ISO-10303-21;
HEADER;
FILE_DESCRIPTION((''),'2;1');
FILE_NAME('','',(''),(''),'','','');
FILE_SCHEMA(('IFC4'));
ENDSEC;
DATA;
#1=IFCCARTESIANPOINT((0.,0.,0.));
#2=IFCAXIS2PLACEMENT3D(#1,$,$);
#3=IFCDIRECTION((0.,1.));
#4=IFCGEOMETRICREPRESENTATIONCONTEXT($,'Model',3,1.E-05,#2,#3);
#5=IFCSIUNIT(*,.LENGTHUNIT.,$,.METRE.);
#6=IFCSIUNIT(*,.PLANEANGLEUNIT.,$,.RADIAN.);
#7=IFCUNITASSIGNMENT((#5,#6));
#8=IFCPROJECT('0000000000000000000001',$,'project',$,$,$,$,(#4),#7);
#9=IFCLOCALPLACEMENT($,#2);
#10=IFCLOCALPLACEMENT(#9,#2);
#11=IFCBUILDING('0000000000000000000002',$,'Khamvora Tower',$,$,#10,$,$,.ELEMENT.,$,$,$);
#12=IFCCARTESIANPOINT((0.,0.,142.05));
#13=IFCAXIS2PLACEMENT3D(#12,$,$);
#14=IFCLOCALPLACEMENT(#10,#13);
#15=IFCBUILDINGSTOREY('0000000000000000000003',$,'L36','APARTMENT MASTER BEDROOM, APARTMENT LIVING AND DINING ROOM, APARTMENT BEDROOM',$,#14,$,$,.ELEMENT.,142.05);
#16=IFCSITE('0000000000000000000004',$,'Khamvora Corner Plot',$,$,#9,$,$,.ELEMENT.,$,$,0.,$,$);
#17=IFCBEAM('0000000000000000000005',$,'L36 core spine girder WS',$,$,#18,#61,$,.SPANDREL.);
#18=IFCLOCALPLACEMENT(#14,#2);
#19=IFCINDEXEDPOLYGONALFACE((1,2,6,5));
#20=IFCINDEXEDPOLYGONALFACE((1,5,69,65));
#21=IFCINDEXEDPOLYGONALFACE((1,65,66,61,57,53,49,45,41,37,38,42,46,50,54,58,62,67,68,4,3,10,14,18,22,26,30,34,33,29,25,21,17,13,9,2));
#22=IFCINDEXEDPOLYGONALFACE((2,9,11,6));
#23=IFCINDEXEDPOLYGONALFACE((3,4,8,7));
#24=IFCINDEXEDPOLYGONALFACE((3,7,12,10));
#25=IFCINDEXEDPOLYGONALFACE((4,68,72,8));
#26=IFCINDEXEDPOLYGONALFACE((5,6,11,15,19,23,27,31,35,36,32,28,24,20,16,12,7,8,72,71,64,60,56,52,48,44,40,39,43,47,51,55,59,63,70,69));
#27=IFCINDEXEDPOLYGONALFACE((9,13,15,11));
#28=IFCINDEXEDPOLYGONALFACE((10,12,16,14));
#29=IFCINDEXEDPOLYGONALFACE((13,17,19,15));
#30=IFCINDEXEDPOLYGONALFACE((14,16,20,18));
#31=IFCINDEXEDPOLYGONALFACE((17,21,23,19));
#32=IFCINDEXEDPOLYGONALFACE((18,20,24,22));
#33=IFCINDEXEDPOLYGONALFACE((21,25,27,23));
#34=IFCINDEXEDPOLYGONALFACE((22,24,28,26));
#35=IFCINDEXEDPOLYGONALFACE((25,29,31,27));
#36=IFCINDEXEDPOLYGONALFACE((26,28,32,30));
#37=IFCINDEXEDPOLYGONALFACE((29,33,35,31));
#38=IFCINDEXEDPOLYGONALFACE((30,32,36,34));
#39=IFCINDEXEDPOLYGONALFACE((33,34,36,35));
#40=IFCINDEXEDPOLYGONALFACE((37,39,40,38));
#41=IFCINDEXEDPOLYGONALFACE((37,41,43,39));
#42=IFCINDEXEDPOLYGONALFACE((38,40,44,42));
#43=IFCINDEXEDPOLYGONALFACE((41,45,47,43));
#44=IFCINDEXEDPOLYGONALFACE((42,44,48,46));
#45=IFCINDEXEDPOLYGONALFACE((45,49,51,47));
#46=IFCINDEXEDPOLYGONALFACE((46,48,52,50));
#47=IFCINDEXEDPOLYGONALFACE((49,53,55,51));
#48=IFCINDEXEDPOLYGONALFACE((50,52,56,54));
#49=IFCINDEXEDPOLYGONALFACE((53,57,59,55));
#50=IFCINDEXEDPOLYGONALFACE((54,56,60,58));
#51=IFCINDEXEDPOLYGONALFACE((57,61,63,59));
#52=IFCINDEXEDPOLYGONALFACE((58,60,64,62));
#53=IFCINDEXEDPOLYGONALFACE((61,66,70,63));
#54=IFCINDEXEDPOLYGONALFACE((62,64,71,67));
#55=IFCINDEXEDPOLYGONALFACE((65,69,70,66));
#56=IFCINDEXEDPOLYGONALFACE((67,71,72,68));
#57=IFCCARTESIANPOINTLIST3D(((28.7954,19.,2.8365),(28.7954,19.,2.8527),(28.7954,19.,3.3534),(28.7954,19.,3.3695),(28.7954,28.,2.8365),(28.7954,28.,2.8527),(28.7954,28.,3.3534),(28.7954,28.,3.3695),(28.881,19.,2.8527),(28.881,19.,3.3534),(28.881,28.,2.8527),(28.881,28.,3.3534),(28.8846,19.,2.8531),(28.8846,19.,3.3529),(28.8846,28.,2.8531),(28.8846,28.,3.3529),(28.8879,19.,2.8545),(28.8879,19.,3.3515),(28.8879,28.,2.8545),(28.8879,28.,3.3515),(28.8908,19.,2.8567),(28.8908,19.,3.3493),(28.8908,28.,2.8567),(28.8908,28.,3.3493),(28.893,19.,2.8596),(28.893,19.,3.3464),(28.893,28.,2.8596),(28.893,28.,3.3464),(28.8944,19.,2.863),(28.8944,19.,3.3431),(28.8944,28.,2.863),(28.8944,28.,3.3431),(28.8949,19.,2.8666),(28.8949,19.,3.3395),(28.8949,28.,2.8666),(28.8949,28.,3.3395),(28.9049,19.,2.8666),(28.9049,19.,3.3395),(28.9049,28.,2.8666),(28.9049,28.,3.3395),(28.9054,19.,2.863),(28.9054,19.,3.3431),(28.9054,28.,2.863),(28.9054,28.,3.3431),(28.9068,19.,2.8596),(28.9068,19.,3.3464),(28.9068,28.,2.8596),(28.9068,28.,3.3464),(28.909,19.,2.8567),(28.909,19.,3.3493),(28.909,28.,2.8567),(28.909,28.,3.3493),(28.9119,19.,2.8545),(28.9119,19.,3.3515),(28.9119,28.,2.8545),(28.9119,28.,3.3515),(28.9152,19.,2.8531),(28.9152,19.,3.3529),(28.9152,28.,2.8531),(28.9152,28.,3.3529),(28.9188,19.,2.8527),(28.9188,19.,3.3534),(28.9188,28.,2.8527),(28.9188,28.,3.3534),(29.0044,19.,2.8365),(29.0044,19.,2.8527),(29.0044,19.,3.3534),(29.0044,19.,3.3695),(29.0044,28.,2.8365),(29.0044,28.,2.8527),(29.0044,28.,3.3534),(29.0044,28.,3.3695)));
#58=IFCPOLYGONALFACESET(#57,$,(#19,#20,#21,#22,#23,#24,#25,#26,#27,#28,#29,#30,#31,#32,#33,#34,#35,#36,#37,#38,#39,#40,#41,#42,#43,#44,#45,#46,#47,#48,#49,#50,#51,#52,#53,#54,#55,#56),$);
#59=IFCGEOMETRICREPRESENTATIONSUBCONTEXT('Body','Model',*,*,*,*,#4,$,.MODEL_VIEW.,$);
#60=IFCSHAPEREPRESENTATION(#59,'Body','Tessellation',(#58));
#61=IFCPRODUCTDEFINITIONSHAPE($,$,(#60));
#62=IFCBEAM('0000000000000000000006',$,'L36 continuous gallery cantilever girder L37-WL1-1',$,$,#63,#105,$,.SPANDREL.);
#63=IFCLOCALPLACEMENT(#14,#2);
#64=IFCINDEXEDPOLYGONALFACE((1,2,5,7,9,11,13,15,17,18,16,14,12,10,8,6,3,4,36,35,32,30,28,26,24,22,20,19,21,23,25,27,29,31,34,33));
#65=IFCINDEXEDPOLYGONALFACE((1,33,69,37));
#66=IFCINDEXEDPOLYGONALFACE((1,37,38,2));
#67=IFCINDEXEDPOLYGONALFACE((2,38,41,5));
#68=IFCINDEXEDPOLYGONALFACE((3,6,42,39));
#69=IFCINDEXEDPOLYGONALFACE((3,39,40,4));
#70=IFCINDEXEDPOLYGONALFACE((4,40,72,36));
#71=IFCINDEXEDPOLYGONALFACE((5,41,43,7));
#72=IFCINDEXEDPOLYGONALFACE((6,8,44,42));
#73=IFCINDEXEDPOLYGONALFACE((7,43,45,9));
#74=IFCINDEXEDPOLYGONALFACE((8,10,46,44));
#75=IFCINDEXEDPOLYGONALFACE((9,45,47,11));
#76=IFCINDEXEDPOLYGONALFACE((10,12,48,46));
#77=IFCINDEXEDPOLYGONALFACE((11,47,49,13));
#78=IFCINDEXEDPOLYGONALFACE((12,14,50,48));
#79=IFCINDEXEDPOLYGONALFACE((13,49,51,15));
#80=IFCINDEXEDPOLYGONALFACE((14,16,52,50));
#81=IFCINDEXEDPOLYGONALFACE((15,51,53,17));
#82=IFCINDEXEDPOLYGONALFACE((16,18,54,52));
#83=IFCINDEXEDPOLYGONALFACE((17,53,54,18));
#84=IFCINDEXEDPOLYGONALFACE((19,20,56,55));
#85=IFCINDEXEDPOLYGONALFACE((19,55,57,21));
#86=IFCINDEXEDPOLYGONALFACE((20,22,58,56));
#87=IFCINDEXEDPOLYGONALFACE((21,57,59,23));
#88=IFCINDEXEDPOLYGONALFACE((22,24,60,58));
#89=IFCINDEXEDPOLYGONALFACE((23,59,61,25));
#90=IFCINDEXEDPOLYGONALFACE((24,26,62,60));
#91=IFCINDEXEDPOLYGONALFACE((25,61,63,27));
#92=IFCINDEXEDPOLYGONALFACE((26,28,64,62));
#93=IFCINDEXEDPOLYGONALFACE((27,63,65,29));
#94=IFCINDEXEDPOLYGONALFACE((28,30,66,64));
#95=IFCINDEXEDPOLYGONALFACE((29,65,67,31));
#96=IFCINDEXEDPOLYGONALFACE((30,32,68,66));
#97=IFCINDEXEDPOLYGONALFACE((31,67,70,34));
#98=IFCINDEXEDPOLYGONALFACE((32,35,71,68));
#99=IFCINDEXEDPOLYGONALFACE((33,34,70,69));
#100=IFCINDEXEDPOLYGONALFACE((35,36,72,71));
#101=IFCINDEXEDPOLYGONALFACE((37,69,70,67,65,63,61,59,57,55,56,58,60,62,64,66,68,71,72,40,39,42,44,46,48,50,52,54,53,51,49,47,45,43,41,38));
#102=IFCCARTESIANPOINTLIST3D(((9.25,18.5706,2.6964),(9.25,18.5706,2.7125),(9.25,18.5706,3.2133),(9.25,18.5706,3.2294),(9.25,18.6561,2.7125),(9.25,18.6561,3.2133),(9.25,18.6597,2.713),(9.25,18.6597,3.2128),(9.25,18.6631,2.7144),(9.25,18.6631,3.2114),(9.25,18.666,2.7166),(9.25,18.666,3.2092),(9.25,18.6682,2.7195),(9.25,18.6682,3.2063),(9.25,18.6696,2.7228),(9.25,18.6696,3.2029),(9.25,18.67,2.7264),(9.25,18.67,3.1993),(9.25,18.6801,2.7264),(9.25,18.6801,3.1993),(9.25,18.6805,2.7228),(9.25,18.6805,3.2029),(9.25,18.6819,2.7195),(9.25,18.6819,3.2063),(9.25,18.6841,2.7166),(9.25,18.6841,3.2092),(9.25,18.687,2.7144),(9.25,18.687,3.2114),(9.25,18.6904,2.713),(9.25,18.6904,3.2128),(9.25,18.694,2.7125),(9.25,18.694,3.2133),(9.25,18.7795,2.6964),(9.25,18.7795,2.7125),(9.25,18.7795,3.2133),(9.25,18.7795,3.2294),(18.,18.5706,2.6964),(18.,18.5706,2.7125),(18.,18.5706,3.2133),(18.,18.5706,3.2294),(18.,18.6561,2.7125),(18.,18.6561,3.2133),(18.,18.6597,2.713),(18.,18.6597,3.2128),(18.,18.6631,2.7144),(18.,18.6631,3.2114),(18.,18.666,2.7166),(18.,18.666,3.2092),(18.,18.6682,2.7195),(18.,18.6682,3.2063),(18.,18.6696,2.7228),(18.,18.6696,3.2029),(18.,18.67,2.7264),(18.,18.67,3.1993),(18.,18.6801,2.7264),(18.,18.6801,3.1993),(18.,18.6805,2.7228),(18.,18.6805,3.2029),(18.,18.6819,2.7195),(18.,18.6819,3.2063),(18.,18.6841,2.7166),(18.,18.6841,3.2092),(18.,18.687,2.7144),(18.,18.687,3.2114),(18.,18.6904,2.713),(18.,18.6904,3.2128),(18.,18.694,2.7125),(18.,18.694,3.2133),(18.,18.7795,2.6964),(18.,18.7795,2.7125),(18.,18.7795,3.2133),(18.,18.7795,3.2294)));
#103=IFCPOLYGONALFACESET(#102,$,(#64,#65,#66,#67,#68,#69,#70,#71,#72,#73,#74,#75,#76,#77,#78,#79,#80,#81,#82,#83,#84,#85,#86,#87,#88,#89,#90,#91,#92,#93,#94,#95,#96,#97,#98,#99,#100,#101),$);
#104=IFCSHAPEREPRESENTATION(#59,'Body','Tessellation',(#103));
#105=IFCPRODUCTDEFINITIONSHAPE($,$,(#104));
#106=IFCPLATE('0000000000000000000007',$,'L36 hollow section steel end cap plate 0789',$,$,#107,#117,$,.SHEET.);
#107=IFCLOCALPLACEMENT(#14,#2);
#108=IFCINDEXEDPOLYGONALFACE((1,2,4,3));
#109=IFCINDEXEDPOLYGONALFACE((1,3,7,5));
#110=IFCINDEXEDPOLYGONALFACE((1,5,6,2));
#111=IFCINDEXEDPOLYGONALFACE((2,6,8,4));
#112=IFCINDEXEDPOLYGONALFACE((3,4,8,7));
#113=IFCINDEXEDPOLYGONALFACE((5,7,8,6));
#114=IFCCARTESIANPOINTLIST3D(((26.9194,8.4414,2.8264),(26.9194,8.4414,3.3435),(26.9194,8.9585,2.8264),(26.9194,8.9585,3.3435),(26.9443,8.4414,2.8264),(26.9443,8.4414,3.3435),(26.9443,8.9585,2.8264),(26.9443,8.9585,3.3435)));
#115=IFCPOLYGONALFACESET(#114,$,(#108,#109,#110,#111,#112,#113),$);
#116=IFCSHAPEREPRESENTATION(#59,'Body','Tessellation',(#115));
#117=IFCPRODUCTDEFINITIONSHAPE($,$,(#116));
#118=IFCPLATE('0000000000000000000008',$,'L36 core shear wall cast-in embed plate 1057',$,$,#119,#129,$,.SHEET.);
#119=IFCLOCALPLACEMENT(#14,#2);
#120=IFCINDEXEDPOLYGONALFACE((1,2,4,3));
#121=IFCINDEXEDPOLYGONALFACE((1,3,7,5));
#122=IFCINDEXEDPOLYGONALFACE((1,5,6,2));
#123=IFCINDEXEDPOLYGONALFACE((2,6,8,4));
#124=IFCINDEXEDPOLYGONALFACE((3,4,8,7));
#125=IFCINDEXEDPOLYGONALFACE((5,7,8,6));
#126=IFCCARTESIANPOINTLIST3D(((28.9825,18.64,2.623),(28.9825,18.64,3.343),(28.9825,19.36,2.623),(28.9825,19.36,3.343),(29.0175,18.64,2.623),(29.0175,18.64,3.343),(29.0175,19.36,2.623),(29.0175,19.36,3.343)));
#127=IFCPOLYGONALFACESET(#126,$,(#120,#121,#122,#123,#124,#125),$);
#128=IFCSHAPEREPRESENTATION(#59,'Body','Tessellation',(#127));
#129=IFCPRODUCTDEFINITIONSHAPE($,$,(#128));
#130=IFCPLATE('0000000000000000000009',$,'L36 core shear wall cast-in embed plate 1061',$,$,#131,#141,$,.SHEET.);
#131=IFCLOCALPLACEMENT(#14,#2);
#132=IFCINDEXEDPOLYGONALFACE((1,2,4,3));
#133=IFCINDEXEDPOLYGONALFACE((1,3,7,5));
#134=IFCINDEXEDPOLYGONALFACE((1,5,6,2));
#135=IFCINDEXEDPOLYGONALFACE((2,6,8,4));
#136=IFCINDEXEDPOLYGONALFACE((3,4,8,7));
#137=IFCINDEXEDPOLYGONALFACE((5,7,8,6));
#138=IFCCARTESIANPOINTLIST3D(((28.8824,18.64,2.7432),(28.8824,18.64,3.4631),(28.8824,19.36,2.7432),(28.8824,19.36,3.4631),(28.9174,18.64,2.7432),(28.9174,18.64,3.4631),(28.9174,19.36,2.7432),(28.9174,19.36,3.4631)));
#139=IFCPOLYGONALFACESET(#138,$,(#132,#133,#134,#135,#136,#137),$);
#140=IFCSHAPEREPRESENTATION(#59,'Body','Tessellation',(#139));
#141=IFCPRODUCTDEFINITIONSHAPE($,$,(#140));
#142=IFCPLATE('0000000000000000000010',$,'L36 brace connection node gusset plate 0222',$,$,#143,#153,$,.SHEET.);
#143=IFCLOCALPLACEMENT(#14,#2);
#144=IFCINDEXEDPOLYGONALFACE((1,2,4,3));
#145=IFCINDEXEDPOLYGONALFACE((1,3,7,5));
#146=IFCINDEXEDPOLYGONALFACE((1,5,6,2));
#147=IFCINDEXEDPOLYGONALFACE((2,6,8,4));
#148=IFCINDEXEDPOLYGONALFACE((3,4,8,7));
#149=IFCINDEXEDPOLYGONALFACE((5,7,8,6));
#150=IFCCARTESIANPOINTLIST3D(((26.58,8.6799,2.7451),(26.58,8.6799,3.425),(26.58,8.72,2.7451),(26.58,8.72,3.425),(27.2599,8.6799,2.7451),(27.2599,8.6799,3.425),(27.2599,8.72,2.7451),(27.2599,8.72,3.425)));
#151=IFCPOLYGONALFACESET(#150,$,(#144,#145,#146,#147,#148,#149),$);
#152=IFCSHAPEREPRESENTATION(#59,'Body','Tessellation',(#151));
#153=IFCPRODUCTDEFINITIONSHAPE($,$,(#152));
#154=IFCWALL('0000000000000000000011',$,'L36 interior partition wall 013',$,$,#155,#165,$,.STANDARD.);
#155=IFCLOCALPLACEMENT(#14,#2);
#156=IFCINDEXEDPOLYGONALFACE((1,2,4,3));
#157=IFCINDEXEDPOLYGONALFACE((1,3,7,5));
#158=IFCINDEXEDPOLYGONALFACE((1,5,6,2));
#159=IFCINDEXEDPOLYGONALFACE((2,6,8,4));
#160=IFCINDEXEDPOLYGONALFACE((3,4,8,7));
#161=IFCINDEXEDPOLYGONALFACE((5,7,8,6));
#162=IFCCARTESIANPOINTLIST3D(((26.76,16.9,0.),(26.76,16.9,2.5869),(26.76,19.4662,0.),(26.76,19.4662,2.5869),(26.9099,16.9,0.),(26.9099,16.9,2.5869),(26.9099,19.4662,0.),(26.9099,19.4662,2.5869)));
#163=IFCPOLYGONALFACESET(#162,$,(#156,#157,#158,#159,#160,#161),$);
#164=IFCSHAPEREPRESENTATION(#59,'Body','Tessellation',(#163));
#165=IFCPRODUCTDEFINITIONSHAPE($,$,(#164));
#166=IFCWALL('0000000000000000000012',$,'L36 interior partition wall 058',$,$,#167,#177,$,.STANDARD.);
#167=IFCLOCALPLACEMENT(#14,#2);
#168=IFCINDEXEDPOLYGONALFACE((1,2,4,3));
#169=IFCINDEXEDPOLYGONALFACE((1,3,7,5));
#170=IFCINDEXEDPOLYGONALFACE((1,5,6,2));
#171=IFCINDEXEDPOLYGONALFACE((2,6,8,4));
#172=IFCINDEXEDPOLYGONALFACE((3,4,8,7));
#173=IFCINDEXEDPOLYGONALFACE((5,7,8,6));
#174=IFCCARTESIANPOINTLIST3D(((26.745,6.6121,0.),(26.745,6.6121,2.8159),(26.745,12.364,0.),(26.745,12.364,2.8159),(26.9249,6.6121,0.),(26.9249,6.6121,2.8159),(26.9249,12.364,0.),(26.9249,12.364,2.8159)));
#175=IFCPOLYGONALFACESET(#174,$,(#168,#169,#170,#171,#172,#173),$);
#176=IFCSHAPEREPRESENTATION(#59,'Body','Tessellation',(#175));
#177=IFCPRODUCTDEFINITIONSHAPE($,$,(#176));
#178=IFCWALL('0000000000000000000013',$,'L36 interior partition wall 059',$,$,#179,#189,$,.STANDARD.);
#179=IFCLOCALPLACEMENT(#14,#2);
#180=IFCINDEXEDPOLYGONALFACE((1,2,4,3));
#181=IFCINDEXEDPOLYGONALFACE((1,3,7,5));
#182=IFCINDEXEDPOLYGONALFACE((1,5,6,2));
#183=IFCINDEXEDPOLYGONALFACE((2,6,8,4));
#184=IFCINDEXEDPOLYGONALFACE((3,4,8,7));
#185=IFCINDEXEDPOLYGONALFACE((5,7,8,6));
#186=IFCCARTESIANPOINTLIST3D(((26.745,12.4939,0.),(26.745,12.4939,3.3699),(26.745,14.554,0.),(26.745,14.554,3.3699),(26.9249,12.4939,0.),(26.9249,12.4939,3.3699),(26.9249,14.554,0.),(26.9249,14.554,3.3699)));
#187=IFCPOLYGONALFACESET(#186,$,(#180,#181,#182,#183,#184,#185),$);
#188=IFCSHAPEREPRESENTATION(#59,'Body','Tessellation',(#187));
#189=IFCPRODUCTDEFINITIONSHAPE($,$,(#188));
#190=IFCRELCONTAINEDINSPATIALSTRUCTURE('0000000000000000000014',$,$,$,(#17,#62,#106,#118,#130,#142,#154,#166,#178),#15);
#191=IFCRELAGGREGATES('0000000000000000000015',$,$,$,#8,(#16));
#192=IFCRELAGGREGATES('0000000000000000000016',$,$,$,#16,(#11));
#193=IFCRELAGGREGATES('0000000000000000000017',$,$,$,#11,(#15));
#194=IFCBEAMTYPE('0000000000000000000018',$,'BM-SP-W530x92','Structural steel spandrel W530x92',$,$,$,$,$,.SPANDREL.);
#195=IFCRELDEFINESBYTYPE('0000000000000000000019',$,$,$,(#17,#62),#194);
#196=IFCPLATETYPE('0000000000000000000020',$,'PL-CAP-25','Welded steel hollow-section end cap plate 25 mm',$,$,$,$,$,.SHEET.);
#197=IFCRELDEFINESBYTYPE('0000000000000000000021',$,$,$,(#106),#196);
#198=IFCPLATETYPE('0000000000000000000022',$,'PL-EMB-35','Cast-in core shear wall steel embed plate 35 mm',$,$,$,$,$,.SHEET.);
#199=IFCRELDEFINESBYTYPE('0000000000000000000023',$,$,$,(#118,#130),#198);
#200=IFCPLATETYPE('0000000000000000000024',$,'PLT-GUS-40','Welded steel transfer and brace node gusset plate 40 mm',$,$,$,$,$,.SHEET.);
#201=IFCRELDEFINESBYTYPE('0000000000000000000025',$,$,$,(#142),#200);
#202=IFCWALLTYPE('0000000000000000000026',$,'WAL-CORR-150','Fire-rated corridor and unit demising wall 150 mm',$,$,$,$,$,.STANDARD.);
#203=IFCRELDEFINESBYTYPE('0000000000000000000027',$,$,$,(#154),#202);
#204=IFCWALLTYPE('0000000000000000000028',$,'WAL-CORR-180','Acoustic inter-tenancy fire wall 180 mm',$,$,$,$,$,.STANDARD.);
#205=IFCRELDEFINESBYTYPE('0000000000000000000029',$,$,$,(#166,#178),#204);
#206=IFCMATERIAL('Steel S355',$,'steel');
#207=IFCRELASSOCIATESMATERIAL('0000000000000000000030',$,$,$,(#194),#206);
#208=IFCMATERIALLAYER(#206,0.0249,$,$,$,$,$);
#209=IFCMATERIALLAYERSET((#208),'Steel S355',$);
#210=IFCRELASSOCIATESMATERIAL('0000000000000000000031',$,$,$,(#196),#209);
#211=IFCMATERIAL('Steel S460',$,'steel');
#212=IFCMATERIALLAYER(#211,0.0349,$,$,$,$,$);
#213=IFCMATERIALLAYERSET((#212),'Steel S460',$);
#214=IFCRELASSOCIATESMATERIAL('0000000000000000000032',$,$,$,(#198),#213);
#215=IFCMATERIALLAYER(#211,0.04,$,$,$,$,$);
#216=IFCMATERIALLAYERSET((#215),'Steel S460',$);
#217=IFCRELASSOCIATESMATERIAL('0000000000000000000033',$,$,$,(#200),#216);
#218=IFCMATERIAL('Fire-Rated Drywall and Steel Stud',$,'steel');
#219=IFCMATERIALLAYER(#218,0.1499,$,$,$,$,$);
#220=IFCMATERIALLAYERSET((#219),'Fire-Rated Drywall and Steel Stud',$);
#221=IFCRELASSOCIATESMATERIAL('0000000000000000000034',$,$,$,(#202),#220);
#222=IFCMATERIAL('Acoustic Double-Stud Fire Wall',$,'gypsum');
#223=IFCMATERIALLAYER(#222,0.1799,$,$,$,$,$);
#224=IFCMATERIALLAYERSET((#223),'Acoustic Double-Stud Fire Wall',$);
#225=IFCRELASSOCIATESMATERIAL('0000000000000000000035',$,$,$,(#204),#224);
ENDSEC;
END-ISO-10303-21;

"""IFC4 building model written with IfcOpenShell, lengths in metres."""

from ifc_helpers import new_model, si_unit, direction, frame, frame_2d, origin, origin_2d, place, context, subcontext, project, spatial, rectangle, i_section, extrude, material, layer, layer_set, material_profile, profile_set, type_object, element, save


model = new_model("IFC4")

# Units and contexts
model_context = context("Model", 3, precision=1e-05, world=origin(), true_north=direction((0.0, 1.0)))
body_context = subcontext(model_context, "Body", "Model", "MODEL_VIEW")
ifc_project = project(units=[si_unit("LENGTHUNIT", "METRE"), si_unit("PLANEANGLEUNIT", "RADIAN")], contexts=[model_context])

# Site, building, storey
site_placement = place(None, origin())
site = spatial("IfcSite", under=ifc_project, at=site_placement, Name="Khamvora Corner Plot", CompositionType="ELEMENT", RefElevation=0.0)
building_placement = place(site_placement, origin())
building = spatial("IfcBuilding", under=site, at=building_placement, Name="Khamvora Tower", CompositionType="ELEMENT")
storey_placement = place(building_placement, frame((0.0, 0.0, 142.05)))
storey = spatial("IfcBuildingStorey", under=building, at=storey_placement, Name="L36", Description="APARTMENT MASTER BEDROOM, APARTMENT LIVING AND DINING ROOM, APARTMENT BEDROOM", CompositionType="ELEMENT", Elevation=142.05)

# Shared definitions
ifc_material_1 = material(Name="Steel S460", Category="steel")
ifc_material_2 = material(Name="Steel S355", Category="steel")

# Beams
ifc_material_profile_1 = material_profile(ifc_material_2, i_section(OverallWidth=0.209, OverallDepth=0.533, WebThickness=0.01, FlangeThickness=0.0161, FilletRadius=0.0139, at=origin_2d()), Name="W530x92")
ifc_profile_set_1 = profile_set([ifc_material_profile_1], Name="Steel S355")
beam_type_1 = type_object("IfcBeamType", Name="BM-SP-W530x92", Description="Structural steel spandrel W530x92", PredefinedType="SPANDREL", material=ifc_profile_set_1)
beam_1_placement = place(storey_placement, frame((28.8999, 19.0, 3.103), z_axis=(0.0, 1.0, 0.0), x_axis=(-1.0, 0.0, 0.0)))
element("IfcBeam", 1, at=beam_1_placement, inside=storey, type_object=beam_type_1, Name="L36 core spine girder WS", PredefinedType="SPANDREL", context=body_context, shape_type="SweptSolid", body=[
    extrude(i_section(OverallWidth=0.209, OverallDepth=0.533, WebThickness=0.01, FlangeThickness=0.0161, FilletRadius=0.0139, at=origin_2d()), origin(), (0.0, 0.0, 1.0), 9.0),
])
beam_2_placement = place(storey_placement, frame((18.0, 18.675, 2.9629), z_axis=(-1.0, 0.0, 0.0), x_axis=(0.0, -1.0, 0.0)))
element("IfcBeam", 2, at=beam_2_placement, inside=storey, type_object=beam_type_1, Name="L36 continuous gallery cantilever girder L37-WL1-1", PredefinedType="SPANDREL", context=body_context, shape_type="SweptSolid", body=[
    extrude(i_section(OverallWidth=0.209, OverallDepth=0.533, WebThickness=0.01, FlangeThickness=0.0161, FilletRadius=0.0139, at=origin_2d()), origin(), (0.0, 0.0, 1.0), 8.75),
])

# Plates
ifc_layer_1 = layer(ifc_material_2, 0.0249)
ifc_layer_set_1 = layer_set([ifc_layer_1], Name="Steel S355")
plate_type_1 = type_object("IfcPlateType", Name="PL-CAP-25", Description="Welded steel hollow-section end cap plate 25 mm", PredefinedType="SHEET", material=ifc_layer_set_1)
plate_1_placement = place(storey_placement, frame((26.9319, 8.7, 2.8264), z_axis=(0.0, 0.0, 1.0), x_axis=(1.0, 0.0, 0.0)))
element("IfcPlate", 3, at=plate_1_placement, inside=storey, type_object=plate_type_1, Name="L36 hollow section steel end cap plate 0789", PredefinedType="SHEET", context=body_context, shape_type="SweptSolid", body=[
    extrude(rectangle(XDim=0.0249, YDim=0.5171, at=origin_2d()), origin(), (0.0, 0.0, 1.0), 0.5171),
])
ifc_layer_2 = layer(ifc_material_1, 0.0349)
ifc_layer_set_2 = layer_set([ifc_layer_2], Name="Steel S460")
plate_type_2 = type_object("IfcPlateType", Name="PL-EMB-35", Description="Cast-in core shear wall steel embed plate 35 mm", PredefinedType="SHEET", material=ifc_layer_set_2)
for number, where, z_axis, x_axis, name in (
    (4, (29.0, 19.0, 2.623), (0.0, 0.0, 1.0), (1.0, 0.0, 0.0), "L36 core shear wall cast-in embed plate 1057"),
    (5, (28.8999, 19.0, 2.7432), (0.0, 0.0, 1.0), (1.0, 0.0, 0.0), "L36 core shear wall cast-in embed plate 1061"),
):
    element("IfcPlate", number, at=place(storey_placement, frame(where, z_axis=z_axis, x_axis=x_axis)), inside=storey, type_object=plate_type_2, Name=name, PredefinedType="SHEET", context=body_context, shape_type="SweptSolid", body=[
        extrude(rectangle(XDim=0.0349, YDim=0.72, at=origin_2d()), origin(), (0.0, 0.0, 1.0), 0.72),
    ])
ifc_layer_3 = layer(ifc_material_1, 0.04)
ifc_layer_set_3 = layer_set([ifc_layer_3], Name="Steel S460")
plate_type_3 = type_object("IfcPlateType", Name="PLT-GUS-40", Description="Welded steel transfer and brace node gusset plate 40 mm", PredefinedType="SHEET", material=ifc_layer_set_3)
plate_2_placement = place(storey_placement, frame((26.9199, 8.7, 2.7451), z_axis=(0.0, 0.0, 1.0), x_axis=(1.0, 0.0, 0.0)))
element("IfcPlate", 6, at=plate_2_placement, inside=storey, type_object=plate_type_3, Name="L36 brace connection node gusset plate 0222", PredefinedType="SHEET", context=body_context, shape_type="SweptSolid", body=[
    extrude(rectangle(XDim=0.6799, YDim=0.04, at=origin_2d()), origin(), (0.0, 0.0, 1.0), 0.6799),
])

# Walls
ifc_material_3 = material(Name="Fire-Rated Drywall and Steel Stud", Category="steel")
ifc_layer_4 = layer(ifc_material_3, 0.1499)
ifc_layer_set_4 = layer_set([ifc_layer_4], Name="Fire-Rated Drywall and Steel Stud")
wall_type_1 = type_object("IfcWallType", Name="WAL-CORR-150", Description="Fire-rated corridor and unit demising wall 150 mm", PredefinedType="STANDARD", material=ifc_layer_set_4)
wall_1_placement = place(storey_placement, frame((26.835, 16.8999, 0.0), z_axis=(0.0, 0.0, 1.0), x_axis=(0.0, 1.0, 0.0)))
element("IfcWall", 7, at=wall_1_placement, inside=storey, type_object=wall_type_1, Name="L36 interior partition wall 013", PredefinedType="STANDARD", context=body_context, shape_type="SweptSolid", body=[
    extrude(rectangle(XDim=2.5662, YDim=0.1499, at=frame_2d((1.2832, 0.0))), origin(), (0.0, 0.0, 1.0), 2.5869),
])
ifc_material_4 = material(Name="Acoustic Double-Stud Fire Wall", Category="gypsum")
ifc_layer_5 = layer(ifc_material_4, 0.1799)
ifc_layer_set_5 = layer_set([ifc_layer_5], Name="Acoustic Double-Stud Fire Wall")
wall_type_2 = type_object("IfcWallType", Name="WAL-CORR-180", Description="Acoustic inter-tenancy fire wall 180 mm", PredefinedType="STANDARD", material=ifc_layer_set_5)
wall_2_placement = place(storey_placement, frame((26.835, 12.364, 0.0), z_axis=(0.0, 0.0, 1.0), x_axis=(0.0, -1.0, 0.0)))
element("IfcWall", 8, at=wall_2_placement, inside=storey, type_object=wall_type_2, Name="L36 interior partition wall 058", PredefinedType="STANDARD", context=body_context, shape_type="SweptSolid", body=[
    extrude(rectangle(XDim=5.752, YDim=0.1799, at=frame_2d((2.876, 0.0))), origin(), (0.0, 0.0, 1.0), 2.8159),
])
wall_3_placement = place(storey_placement, frame((26.835, 14.554, 0.0), z_axis=(0.0, 0.0, 1.0), x_axis=(0.0, -1.0, 0.0)))
element("IfcWall", 9, at=wall_3_placement, inside=storey, type_object=wall_type_2, Name="L36 interior partition wall 059", PredefinedType="STANDARD", context=body_context, shape_type="SweptSolid", body=[
    extrude(rectangle(XDim=2.0601, YDim=0.1799, at=frame_2d((1.03, 0.0))), origin(), (0.0, 0.0, 1.0), 3.3699),
])

save(model, "model.ifc")
